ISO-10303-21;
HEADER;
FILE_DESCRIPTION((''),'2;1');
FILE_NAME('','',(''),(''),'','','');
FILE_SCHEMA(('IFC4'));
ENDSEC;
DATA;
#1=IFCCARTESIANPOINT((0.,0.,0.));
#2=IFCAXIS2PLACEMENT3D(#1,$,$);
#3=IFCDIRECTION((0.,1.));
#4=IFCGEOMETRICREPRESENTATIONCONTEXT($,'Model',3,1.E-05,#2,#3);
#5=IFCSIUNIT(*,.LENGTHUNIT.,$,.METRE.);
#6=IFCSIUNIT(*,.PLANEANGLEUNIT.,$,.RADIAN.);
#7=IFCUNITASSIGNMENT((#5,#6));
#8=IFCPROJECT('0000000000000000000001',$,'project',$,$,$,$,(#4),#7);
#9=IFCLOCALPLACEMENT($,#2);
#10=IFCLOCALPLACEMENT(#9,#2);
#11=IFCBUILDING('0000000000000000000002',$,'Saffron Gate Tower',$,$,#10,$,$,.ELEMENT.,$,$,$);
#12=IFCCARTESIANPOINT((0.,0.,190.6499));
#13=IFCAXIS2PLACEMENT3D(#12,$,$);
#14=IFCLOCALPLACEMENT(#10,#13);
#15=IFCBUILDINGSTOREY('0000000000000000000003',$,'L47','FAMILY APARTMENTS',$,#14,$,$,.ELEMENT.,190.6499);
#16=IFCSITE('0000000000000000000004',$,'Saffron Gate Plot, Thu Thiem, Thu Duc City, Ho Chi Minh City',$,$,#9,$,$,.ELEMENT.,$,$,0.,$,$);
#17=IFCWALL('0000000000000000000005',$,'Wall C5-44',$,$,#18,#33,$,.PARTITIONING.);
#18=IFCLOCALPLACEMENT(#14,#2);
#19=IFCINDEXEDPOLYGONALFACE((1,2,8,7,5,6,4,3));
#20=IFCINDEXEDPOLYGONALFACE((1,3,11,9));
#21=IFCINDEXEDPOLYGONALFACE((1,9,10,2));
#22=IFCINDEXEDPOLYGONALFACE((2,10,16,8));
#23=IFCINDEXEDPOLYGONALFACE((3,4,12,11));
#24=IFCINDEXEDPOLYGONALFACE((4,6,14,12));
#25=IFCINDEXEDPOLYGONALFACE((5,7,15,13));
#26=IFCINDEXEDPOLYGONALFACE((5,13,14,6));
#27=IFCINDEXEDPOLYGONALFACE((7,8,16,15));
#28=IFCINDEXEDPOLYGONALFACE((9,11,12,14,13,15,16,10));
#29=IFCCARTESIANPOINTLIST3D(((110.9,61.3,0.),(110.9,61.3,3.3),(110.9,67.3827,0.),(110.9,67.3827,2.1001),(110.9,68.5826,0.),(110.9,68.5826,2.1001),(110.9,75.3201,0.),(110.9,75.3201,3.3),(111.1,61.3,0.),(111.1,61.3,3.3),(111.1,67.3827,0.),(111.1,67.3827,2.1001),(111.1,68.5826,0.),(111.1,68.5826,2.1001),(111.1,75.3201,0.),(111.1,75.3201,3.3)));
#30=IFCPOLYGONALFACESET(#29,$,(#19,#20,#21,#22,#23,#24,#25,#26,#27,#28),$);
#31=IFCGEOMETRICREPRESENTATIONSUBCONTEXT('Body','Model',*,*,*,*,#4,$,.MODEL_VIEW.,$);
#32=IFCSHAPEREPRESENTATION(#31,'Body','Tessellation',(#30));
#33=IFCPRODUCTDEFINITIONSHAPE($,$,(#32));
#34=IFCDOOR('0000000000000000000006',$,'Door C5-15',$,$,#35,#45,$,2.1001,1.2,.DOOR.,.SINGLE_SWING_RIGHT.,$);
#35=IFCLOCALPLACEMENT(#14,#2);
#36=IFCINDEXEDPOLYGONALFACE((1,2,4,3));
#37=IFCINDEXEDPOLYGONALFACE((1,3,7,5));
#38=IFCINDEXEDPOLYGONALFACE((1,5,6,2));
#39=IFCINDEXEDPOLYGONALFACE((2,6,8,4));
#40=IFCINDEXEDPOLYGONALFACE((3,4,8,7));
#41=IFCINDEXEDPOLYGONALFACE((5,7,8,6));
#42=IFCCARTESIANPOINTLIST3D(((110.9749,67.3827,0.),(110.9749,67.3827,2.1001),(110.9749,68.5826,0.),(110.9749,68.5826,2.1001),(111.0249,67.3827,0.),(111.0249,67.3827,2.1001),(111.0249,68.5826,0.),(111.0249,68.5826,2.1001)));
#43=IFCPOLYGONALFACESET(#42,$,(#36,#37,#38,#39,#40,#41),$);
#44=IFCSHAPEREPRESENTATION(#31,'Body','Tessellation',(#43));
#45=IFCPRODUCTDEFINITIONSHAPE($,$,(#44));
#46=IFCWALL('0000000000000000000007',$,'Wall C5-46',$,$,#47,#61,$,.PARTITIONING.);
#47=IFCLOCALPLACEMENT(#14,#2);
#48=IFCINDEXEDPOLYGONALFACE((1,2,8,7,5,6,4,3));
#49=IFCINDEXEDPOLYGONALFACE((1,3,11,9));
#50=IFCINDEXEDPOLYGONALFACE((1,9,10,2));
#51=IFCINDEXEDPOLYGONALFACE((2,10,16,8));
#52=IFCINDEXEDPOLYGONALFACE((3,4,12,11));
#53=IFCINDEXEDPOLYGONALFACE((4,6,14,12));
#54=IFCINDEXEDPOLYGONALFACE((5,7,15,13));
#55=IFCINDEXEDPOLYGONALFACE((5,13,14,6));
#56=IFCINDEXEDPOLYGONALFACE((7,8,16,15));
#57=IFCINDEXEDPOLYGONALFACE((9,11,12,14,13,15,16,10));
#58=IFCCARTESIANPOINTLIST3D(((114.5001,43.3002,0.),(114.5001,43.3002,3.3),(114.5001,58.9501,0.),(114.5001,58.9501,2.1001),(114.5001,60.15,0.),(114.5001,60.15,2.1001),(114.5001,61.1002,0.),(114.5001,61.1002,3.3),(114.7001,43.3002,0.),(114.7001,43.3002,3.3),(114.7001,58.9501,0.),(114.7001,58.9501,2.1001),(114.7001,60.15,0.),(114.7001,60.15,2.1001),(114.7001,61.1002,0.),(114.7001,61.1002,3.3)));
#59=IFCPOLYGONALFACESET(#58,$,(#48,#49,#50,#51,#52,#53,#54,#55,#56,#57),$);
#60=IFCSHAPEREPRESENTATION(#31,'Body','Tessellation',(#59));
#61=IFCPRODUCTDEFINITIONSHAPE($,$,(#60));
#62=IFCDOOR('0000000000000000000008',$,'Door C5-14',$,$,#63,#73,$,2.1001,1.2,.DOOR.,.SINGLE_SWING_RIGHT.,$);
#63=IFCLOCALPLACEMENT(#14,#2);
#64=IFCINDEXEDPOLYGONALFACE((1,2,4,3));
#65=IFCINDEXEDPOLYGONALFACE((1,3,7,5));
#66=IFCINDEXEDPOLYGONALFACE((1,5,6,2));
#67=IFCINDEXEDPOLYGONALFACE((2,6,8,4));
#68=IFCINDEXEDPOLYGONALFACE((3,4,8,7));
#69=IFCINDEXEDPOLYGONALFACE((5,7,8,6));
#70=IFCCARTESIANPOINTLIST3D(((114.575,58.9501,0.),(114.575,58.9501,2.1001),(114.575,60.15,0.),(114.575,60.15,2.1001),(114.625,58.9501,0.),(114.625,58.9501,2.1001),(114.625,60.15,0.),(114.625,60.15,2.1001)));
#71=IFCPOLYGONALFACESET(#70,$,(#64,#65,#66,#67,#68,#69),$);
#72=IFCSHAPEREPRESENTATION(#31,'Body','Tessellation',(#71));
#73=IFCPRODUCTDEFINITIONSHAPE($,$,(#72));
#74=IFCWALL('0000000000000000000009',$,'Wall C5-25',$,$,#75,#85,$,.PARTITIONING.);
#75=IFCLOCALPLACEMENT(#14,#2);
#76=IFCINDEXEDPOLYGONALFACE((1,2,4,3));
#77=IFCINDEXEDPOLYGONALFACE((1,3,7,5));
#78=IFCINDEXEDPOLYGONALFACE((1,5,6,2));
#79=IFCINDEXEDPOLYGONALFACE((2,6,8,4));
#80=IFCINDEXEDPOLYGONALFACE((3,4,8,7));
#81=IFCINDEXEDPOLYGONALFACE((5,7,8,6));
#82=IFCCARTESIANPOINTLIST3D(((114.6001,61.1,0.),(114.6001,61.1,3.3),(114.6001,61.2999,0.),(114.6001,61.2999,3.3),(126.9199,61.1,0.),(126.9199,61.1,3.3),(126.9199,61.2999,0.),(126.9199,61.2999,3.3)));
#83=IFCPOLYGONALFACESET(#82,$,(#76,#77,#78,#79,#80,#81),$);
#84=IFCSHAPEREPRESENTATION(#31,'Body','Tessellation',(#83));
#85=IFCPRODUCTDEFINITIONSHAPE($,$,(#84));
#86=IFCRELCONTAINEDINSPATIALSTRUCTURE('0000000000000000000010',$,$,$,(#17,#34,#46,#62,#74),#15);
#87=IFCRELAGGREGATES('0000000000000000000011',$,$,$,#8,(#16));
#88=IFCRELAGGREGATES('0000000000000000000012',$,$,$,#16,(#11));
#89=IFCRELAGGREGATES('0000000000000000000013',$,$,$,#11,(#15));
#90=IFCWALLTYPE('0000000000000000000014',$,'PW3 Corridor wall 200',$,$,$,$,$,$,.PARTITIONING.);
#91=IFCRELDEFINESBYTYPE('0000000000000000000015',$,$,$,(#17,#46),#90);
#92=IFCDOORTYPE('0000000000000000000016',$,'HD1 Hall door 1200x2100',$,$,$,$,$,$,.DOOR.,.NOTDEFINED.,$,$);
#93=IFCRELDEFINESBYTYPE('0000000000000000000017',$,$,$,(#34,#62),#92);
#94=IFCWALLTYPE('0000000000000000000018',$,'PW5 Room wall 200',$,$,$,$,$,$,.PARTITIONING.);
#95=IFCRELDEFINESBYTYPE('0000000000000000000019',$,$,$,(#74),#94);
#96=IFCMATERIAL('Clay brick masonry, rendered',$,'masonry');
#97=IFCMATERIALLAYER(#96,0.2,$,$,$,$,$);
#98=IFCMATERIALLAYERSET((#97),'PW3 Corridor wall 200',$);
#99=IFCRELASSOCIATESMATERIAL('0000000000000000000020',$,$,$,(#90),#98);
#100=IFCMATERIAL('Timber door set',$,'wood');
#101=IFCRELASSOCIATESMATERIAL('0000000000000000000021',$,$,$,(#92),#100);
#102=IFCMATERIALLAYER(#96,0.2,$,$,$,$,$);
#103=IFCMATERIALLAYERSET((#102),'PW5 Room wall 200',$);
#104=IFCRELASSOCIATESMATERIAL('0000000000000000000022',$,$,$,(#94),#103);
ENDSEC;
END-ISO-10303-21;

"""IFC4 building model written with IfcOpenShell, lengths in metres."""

from ifc_helpers import new_model, si_unit, direction, frame, frame_2d, origin, place, context, subcontext, project, spatial, rectangle, extrude, material, layer, layer_set, type_object, element, fill, save


model = new_model("IFC4")

# Units and contexts
model_context = context("Model", 3, precision=1e-05, world=origin(), true_north=direction((0.0, 1.0)))
body_context = subcontext(model_context, "Body", "Model", "MODEL_VIEW")
ifc_project = project(units=[si_unit("LENGTHUNIT", "METRE"), si_unit("PLANEANGLEUNIT", "RADIAN")], contexts=[model_context])

# Site, building, storey
site_placement = place(None, origin())
site = spatial("IfcSite", under=ifc_project, at=site_placement, Name="Saffron Gate Plot, Thu Thiem, Thu Duc City, Ho Chi Minh City", CompositionType="ELEMENT", RefElevation=0.0)
building_placement = place(site_placement, origin())
building = spatial("IfcBuilding", under=site, at=building_placement, Name="Saffron Gate Tower", CompositionType="ELEMENT")
storey_placement = place(building_placement, frame((0.0, 0.0, 190.6499)))
storey = spatial("IfcBuildingStorey", under=building, at=storey_placement, Name="L47", Description="FAMILY APARTMENTS", CompositionType="ELEMENT", Elevation=190.6499)

# Shared definitions
ifc_material_1 = material(Name="Clay brick masonry, rendered", Category="masonry")
ifc_layer_1 = layer(ifc_material_1, 0.2)
ifc_layer_set_1 = layer_set([ifc_layer_1], Name="PW3 Corridor wall 200")
wall_type_1 = type_object("IfcWallType", Name="PW3 Corridor wall 200", PredefinedType="PARTITIONING", material=ifc_layer_set_1)

# Walls, openings, doors
wall_1_placement = place(storey_placement, frame((111.0, 75.3201, 0.0), z_axis=(0.0, 0.0, 1.0), x_axis=(0.0, -1.0, 0.0)))
wall_1 = element("IfcWall", 1, at=wall_1_placement, inside=storey, type_object=wall_type_1, Name="Wall C5-44", PredefinedType="PARTITIONING", context=body_context, shape_type="SweptSolid", body=[
    extrude(rectangle(XDim=14.02, YDim=0.2, at=frame_2d((7.01, 0.0))), origin(), (0.0, 0.0, 1.0), 3.3),
])
opening_1_placement = place(wall_1_placement, frame((6.7373, 0.0, 0.0)))
opening_1 = element("IfcOpeningElement", 2, at=opening_1_placement, cuts=wall_1, PredefinedType="OPENING", context=body_context, shape_type="SweptSolid", body=[
    extrude(rectangle(XDim=1.2, YDim=2.1001, at=frame_2d((0.6001, 1.05))), frame((0.0, 0.1099, 0.0), z_axis=(0.0, -1.0, 0.0), x_axis=(1.0, 0.0, 0.0)), (0.0, 0.0, 1.0), 0.22),
])
ifc_material_2 = material(Name="Timber door set", Category="wood")
door_type_1 = type_object("IfcDoorType", Name="HD1 Hall door 1200x2100", OperationType="NOTDEFINED", PredefinedType="DOOR", material=ifc_material_2)
door_1_placement = place(opening_1_placement, origin())
door_1 = element("IfcDoor", 3, at=door_1_placement, inside=storey, type_object=door_type_1, Name="Door C5-15", OperationType="SINGLE_SWING_RIGHT", OverallHeight=2.1001, OverallWidth=1.2, PredefinedType="DOOR", context=body_context, shape_type="SweptSolid", body=[
    extrude(rectangle(XDim=1.2, YDim=2.1001, at=frame_2d((0.6001, 1.05))), frame((0.0, 0.0249, 0.0), z_axis=(0.0, -1.0, 0.0), x_axis=(1.0, 0.0, 0.0)), (0.0, 0.0, 1.0), 0.05),
])
fill(opening_1, door_1)
wall_2_placement = place(storey_placement, frame((114.6001, 61.1001, 0.0), z_axis=(0.0, 0.0, 1.0), x_axis=(0.0, -1.0, 0.0)))
wall_2 = element("IfcWall", 4, at=wall_2_placement, inside=storey, type_object=wall_type_1, Name="Wall C5-46", PredefinedType="PARTITIONING", context=body_context, shape_type="SweptSolid", body=[
    extrude(rectangle(XDim=17.8, YDim=0.2, at=frame_2d((8.8999, 0.0))), origin(), (0.0, 0.0, 1.0), 3.3),
])
opening_2_placement = place(wall_2_placement, frame((0.95, 0.0, 0.0)))
opening_2 = element("IfcOpeningElement", 5, at=opening_2_placement, cuts=wall_2, PredefinedType="OPENING", context=body_context, shape_type="SweptSolid", body=[
    extrude(rectangle(XDim=1.2, YDim=2.1001, at=frame_2d((0.6001, 1.05))), frame((0.0, 0.1099, 0.0), z_axis=(0.0, -1.0, 0.0), x_axis=(1.0, 0.0, 0.0)), (0.0, 0.0, 1.0), 0.22),
])
door_2_placement = place(opening_2_placement, origin())
door_2 = element("IfcDoor", 6, at=door_2_placement, inside=storey, type_object=door_type_1, Name="Door C5-14", OperationType="SINGLE_SWING_RIGHT", OverallHeight=2.1001, OverallWidth=1.2, PredefinedType="DOOR", context=body_context, shape_type="SweptSolid", body=[
    extrude(rectangle(XDim=1.2, YDim=2.1001, at=frame_2d((0.6001, 1.05))), frame((0.0, 0.0249, 0.0), z_axis=(0.0, -1.0, 0.0), x_axis=(1.0, 0.0, 0.0)), (0.0, 0.0, 1.0), 0.05),
])
fill(opening_2, door_2)

# Wall
ifc_layer_2 = layer(ifc_material_1, 0.2)
ifc_layer_set_2 = layer_set([ifc_layer_2], Name="PW5 Room wall 200")
wall_type_2 = type_object("IfcWallType", Name="PW5 Room wall 200", PredefinedType="PARTITIONING", material=ifc_layer_set_2)
wall_3_placement = place(storey_placement, frame((114.6001, 61.2, 0.0), z_axis=(0.0, 0.0, 1.0), x_axis=(1.0, 0.0, 0.0)))
element("IfcWall", 7, at=wall_3_placement, inside=storey, type_object=wall_type_2, Name="Wall C5-25", PredefinedType="PARTITIONING", context=body_context, shape_type="SweptSolid", body=[
    extrude(rectangle(XDim=12.3198, YDim=0.2, at=frame_2d((6.1599, 0.0))), origin(), (0.0, 0.0, 1.0), 3.3),
])

save(model, "model.ifc")
